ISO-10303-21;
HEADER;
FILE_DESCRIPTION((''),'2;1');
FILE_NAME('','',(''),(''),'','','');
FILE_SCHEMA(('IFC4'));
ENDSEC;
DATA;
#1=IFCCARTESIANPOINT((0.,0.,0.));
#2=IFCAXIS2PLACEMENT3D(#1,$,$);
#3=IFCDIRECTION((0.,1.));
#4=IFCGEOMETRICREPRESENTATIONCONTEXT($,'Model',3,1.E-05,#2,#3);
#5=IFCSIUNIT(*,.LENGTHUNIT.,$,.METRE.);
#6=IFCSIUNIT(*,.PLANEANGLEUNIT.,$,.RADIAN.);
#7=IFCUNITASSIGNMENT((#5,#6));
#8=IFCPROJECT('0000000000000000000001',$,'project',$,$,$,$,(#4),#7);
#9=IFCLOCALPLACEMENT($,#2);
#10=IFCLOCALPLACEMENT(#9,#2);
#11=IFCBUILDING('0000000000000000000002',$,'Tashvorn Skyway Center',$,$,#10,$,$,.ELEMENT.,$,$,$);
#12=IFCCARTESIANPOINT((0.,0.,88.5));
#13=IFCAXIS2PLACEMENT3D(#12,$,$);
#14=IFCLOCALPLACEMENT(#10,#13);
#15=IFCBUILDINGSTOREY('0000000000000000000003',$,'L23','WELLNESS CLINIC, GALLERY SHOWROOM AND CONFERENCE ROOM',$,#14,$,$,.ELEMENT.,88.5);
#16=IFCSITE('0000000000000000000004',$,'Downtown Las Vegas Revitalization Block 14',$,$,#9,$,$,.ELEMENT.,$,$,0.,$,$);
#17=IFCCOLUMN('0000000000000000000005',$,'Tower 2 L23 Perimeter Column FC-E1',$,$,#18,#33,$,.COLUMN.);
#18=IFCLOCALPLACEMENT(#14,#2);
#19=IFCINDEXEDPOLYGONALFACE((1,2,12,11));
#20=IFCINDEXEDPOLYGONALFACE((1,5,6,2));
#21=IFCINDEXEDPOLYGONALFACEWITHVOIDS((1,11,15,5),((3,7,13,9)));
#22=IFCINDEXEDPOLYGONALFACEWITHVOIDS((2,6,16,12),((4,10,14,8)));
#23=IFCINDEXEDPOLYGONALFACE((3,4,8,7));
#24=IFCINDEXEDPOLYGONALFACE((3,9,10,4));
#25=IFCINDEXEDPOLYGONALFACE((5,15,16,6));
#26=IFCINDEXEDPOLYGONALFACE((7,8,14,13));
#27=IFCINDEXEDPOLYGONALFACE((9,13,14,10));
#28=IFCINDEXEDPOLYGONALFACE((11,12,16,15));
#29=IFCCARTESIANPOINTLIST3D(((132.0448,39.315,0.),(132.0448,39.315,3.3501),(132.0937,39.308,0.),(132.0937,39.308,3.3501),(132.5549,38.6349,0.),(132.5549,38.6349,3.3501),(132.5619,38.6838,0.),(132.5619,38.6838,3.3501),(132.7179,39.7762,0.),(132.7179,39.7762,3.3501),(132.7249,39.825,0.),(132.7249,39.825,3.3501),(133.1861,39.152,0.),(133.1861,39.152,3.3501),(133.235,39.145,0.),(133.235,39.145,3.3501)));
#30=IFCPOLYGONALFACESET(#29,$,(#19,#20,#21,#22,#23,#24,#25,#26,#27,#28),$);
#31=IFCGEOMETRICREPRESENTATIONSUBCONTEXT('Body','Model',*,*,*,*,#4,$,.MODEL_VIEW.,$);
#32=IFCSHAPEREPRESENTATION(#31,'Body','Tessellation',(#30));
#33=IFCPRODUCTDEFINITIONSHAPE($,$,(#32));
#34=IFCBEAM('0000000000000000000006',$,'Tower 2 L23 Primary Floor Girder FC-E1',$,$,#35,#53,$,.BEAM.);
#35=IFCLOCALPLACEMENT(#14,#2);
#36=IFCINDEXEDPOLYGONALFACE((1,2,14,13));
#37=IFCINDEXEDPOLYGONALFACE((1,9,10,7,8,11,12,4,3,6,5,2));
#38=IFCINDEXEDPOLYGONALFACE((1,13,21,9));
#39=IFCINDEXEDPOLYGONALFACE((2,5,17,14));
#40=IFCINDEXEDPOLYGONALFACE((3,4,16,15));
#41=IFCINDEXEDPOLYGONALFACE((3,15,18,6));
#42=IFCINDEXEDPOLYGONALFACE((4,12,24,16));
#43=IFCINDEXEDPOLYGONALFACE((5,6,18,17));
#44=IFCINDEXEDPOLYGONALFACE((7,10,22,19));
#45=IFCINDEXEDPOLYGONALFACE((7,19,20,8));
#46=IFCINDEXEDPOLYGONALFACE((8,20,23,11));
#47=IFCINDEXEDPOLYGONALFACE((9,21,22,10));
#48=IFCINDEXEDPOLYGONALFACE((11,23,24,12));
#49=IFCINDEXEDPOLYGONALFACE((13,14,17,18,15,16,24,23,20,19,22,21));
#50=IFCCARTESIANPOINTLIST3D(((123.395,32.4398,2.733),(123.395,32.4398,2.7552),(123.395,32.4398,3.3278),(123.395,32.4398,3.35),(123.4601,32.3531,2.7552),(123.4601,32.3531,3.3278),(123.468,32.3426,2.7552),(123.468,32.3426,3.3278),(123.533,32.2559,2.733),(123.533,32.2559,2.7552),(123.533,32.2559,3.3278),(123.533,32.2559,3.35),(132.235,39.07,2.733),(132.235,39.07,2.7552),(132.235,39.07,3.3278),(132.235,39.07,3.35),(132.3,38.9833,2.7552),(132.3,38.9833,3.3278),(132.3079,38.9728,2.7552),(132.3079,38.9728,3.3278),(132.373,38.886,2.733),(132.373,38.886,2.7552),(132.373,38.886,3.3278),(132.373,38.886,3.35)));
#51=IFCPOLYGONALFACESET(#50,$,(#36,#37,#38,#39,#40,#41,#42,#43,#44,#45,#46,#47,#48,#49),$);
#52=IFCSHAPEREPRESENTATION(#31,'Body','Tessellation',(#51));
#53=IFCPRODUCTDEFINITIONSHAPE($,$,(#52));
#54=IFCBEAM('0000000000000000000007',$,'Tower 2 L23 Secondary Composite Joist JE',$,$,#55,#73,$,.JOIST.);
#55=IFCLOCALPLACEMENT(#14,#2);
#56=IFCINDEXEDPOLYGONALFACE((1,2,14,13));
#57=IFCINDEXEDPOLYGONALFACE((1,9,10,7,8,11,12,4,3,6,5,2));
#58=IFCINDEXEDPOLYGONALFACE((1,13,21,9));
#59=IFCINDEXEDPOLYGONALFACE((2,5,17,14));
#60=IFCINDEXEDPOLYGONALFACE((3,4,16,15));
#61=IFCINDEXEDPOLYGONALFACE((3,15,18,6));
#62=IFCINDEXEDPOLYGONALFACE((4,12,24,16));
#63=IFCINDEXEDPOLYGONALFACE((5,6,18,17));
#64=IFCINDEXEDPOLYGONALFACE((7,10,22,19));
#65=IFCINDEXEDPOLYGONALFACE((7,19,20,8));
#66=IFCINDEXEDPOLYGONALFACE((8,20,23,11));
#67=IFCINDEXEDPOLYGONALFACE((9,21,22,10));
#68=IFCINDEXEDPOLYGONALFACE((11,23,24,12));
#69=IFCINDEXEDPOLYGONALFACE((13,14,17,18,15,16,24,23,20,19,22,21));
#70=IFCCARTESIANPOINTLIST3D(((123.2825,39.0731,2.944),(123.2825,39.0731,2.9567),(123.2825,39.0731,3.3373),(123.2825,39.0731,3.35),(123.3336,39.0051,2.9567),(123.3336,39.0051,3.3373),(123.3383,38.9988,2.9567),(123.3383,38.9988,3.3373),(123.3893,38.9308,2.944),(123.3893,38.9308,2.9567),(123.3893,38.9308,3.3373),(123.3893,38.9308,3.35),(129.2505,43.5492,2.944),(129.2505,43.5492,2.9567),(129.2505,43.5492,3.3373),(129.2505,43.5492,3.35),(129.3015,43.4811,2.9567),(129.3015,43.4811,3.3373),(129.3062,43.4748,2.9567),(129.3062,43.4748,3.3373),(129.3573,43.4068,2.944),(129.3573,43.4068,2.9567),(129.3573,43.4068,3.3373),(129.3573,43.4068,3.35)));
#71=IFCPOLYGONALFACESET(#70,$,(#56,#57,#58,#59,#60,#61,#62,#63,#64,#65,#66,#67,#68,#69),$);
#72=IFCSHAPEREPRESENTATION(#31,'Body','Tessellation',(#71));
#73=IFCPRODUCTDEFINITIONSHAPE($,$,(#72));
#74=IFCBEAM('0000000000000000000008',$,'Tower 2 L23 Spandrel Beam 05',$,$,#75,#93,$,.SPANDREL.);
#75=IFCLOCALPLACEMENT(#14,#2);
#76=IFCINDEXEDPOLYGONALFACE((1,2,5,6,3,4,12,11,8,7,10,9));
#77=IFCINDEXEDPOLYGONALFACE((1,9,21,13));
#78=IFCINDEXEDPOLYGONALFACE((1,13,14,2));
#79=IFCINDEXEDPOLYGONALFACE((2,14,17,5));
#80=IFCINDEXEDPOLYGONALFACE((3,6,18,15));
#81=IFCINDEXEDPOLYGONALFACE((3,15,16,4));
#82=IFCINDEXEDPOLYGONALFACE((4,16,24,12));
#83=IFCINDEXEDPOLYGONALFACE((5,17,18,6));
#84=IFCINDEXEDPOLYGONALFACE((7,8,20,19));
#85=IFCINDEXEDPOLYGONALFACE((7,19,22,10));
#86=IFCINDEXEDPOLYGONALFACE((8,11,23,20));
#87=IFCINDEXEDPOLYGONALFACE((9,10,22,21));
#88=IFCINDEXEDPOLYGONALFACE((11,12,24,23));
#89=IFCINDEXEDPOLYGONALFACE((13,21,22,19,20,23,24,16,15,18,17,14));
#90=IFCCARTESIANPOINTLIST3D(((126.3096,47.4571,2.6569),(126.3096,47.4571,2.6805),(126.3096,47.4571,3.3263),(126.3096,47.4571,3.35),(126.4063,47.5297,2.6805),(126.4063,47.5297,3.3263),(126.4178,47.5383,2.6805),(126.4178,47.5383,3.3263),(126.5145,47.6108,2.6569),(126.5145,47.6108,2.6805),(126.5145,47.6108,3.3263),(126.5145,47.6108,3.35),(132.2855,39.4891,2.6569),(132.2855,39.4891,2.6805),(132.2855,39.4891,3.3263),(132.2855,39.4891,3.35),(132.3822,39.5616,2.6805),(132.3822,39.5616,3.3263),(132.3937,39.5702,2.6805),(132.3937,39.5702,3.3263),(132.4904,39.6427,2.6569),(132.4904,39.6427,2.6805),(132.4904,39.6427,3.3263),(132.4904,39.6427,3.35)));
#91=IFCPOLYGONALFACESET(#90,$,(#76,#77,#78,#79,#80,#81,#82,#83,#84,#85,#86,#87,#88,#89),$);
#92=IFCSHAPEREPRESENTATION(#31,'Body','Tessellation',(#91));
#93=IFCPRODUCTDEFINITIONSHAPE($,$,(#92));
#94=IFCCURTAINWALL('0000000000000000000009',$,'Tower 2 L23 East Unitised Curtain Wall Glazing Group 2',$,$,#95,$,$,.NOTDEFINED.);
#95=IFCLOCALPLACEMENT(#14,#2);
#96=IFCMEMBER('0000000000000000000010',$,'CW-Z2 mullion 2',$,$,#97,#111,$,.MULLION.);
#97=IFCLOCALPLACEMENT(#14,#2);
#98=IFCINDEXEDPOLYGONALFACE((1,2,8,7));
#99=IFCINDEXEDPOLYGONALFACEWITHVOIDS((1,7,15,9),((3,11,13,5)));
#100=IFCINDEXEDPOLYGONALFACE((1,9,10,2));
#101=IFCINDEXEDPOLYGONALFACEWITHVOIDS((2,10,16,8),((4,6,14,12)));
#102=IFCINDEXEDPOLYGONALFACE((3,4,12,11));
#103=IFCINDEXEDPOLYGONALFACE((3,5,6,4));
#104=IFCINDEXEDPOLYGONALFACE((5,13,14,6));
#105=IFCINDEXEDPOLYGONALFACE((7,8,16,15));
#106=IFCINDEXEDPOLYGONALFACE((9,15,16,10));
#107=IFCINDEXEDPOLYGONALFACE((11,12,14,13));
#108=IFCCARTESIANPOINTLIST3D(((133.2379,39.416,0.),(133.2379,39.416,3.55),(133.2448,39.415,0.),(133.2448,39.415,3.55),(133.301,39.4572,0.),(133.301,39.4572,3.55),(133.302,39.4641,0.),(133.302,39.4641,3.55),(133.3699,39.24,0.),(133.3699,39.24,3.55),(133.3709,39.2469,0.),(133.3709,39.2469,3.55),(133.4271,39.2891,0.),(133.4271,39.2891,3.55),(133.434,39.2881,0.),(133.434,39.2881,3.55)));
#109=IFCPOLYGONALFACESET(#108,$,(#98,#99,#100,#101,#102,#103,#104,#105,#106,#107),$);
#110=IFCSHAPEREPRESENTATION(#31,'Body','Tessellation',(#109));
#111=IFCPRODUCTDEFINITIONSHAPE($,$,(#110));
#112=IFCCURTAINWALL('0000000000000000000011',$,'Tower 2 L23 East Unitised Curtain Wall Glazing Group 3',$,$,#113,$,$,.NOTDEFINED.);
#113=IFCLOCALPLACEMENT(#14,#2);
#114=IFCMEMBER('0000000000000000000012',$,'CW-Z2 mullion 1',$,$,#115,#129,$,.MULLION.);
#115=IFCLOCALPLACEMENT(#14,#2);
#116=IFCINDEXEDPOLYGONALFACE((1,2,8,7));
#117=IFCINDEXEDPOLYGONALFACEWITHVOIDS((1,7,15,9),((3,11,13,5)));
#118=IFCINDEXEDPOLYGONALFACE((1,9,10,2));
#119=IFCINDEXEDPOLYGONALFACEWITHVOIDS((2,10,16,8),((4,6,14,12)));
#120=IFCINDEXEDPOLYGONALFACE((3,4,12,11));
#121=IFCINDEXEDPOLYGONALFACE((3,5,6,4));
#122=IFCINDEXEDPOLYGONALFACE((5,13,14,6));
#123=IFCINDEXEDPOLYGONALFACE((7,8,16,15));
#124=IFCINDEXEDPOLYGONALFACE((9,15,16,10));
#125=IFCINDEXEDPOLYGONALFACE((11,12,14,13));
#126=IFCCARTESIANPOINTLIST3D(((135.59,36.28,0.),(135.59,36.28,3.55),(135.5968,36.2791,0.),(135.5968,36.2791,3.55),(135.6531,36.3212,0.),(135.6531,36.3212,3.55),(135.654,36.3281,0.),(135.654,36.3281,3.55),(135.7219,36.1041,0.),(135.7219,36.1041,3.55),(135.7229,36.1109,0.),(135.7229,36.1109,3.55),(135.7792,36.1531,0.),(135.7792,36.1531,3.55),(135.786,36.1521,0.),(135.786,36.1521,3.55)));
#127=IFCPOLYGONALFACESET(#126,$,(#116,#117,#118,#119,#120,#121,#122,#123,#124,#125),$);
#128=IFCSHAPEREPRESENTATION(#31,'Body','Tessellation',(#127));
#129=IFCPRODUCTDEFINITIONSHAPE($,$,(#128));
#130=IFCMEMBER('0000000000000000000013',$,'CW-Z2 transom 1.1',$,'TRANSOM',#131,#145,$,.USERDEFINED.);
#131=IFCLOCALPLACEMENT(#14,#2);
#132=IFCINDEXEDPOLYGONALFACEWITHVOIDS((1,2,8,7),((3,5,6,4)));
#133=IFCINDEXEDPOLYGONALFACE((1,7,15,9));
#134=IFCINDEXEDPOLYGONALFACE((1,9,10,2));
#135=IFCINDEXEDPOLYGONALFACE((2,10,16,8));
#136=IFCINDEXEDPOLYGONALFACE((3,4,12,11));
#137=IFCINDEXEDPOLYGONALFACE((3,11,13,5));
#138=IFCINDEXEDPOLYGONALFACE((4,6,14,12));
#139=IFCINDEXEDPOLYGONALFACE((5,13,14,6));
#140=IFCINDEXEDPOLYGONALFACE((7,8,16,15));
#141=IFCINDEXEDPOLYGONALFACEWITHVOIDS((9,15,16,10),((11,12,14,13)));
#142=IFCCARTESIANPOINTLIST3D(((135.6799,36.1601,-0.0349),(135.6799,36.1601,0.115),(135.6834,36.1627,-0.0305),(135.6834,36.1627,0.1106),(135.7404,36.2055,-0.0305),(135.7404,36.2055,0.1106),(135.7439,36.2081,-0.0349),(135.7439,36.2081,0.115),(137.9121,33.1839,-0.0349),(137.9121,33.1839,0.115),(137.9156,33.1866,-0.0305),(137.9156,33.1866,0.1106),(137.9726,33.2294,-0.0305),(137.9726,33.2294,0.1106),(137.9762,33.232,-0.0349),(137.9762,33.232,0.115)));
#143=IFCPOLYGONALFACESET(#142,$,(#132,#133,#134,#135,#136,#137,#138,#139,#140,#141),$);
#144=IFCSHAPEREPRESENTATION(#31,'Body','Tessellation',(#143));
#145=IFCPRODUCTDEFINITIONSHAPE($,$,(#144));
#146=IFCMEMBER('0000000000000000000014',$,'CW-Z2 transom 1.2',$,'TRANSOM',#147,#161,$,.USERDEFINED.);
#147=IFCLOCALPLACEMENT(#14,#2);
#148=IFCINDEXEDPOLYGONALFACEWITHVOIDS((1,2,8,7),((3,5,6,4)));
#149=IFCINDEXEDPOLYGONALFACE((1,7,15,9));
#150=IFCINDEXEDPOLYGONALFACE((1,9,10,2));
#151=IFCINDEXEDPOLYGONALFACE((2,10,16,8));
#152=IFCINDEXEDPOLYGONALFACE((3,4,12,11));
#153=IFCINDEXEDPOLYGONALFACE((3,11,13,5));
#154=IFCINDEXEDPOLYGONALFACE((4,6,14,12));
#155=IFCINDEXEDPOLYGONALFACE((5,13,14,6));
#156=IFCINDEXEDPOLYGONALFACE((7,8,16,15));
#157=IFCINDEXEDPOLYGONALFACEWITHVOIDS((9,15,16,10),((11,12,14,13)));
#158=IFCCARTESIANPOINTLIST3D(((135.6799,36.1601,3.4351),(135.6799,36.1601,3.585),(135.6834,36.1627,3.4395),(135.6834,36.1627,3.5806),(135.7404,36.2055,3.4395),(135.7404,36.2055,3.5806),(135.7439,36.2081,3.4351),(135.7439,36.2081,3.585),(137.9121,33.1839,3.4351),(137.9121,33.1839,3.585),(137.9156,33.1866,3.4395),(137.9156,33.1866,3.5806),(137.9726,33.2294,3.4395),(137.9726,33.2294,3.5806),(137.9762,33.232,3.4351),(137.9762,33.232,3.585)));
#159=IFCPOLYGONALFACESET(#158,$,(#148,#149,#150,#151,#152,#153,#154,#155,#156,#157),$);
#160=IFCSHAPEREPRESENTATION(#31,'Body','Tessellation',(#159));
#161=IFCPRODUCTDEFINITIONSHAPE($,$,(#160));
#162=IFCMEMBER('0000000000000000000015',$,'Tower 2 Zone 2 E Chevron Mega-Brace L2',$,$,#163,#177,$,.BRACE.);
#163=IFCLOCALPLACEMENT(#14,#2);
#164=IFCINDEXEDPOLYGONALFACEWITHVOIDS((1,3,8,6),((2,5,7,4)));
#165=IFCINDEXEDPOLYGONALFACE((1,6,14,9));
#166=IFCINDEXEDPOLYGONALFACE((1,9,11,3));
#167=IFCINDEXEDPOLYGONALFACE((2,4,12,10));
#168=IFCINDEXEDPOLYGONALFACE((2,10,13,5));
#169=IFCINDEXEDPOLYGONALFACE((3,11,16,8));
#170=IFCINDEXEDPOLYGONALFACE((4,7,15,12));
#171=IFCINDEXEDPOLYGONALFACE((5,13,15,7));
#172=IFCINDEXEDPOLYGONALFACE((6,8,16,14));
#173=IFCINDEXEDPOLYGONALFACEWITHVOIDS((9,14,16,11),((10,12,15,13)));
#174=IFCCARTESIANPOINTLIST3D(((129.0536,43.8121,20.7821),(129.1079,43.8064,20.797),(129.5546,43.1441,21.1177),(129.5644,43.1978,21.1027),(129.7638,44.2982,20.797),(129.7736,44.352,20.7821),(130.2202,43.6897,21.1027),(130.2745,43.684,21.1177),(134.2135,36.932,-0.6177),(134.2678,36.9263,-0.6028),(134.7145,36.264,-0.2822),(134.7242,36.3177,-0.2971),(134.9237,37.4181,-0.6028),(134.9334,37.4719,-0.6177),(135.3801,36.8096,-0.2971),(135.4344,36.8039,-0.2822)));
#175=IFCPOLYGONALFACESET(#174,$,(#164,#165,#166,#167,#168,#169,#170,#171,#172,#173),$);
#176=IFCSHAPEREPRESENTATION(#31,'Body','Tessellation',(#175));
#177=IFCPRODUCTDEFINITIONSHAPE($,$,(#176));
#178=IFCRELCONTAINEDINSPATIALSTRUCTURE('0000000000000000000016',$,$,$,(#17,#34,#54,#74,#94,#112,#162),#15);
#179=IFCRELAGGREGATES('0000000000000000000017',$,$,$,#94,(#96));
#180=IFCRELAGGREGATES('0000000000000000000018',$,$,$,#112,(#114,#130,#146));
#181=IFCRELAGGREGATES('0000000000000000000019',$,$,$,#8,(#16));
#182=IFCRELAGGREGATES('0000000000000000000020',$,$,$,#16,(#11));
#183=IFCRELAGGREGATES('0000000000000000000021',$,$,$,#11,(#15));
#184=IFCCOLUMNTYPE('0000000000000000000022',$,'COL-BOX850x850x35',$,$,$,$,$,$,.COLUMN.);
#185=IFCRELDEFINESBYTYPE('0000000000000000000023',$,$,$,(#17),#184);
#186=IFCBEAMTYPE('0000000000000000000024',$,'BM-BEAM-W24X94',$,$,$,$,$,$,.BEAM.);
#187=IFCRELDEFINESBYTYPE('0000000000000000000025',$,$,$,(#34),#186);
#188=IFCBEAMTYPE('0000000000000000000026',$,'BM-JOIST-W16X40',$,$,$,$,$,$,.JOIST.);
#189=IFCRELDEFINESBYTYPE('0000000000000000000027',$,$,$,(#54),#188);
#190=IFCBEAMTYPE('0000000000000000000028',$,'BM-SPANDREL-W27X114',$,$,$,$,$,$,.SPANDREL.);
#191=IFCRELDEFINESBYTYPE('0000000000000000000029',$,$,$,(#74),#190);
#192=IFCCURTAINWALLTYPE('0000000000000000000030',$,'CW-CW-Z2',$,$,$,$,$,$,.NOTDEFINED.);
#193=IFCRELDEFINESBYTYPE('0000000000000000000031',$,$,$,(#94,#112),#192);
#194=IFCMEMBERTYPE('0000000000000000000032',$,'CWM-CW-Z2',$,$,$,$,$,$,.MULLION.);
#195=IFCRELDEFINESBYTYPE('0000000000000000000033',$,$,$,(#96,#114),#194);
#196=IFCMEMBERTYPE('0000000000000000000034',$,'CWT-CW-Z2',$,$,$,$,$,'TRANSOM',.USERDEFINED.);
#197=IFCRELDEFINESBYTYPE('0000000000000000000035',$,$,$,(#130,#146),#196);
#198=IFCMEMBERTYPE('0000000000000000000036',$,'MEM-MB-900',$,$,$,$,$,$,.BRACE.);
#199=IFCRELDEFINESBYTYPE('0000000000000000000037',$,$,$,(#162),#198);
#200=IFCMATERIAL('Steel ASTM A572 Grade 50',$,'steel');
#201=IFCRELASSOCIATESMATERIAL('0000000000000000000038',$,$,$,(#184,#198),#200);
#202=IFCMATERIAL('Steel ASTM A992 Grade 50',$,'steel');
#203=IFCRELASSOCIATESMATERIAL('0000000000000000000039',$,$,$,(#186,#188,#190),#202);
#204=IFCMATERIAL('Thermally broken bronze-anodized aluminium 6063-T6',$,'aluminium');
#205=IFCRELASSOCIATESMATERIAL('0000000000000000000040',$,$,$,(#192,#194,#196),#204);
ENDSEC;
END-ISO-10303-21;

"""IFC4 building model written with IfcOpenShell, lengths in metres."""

from ifc_helpers import new_model, si_unit, direction, frame, origin, origin_2d, place, context, subcontext, project, spatial, hollow_rectangle, i_section, extrude, material, material_profile, profile_set, type_object, element, aggregate, save


model = new_model("IFC4")

# Units and contexts
model_context = context("Model", 3, precision=1e-05, world=origin(), true_north=direction((0.0, 1.0)))
body_context = subcontext(model_context, "Body", "Model", "MODEL_VIEW")
ifc_project = project(units=[si_unit("LENGTHUNIT", "METRE"), si_unit("PLANEANGLEUNIT", "RADIAN")], contexts=[model_context])

# Site, building, storey
site_placement = place(None, origin())
site = spatial("IfcSite", under=ifc_project, at=site_placement, Name="Downtown Las Vegas Revitalization Block 14", CompositionType="ELEMENT", RefElevation=0.0)
building_placement = place(site_placement, origin())
building = spatial("IfcBuilding", under=site, at=building_placement, Name="Tashvorn Skyway Center", CompositionType="ELEMENT")
storey_placement = place(building_placement, frame((0.0, 0.0, 88.5)))
storey = spatial("IfcBuildingStorey", under=building, at=storey_placement, Name="L23", Description="WELLNESS CLINIC, GALLERY SHOWROOM AND CONFERENCE ROOM", CompositionType="ELEMENT", Elevation=88.5)

# Column
ifc_material_1 = material(Name="Steel ASTM A572 Grade 50", Category="steel")
ifc_material_profile_1 = material_profile(ifc_material_1, hollow_rectangle(XDim=0.8501, YDim=0.8501, WallThickness=0.0349, at=origin_2d()), Name="BOX850x850x35")
ifc_profile_set_1 = profile_set([ifc_material_profile_1], Name="Steel ASTM A572 Grade 50")
column_type = type_object("IfcColumnType", Name="COL-BOX850x850x35", PredefinedType="COLUMN", material=ifc_profile_set_1)
column_placement = place(storey_placement, frame((132.6399, 39.23, 0.0), z_axis=(0.0, 0.0, 1.0), x_axis=(0.8, 0.6, 0.0)))
element("IfcColumn", 1, at=column_placement, inside=storey, type_object=column_type, Name="Tower 2 L23 Perimeter Column FC-E1", PredefinedType="COLUMN", context=body_context, shape_type="SweptSolid", body=[
    extrude(hollow_rectangle(XDim=0.8501, YDim=0.8501, WallThickness=0.0349, at=origin_2d()), origin(), (0.0, 0.0, 1.0), 3.3501),
])

# Beams
ifc_material_2 = material(Name="Steel ASTM A992 Grade 50", Category="steel")
ifc_material_profile_2 = material_profile(ifc_material_2, i_section(OverallWidth=0.23, OverallDepth=0.6169, WebThickness=0.0132, FlangeThickness=0.0222, at=origin_2d()), Name="W24X94")
ifc_profile_set_2 = profile_set([ifc_material_profile_2], Name="Steel ASTM A992 Grade 50")
beam_type_1 = type_object("IfcBeamType", Name="BM-BEAM-W24X94", PredefinedType="BEAM", material=ifc_profile_set_2)
beam_1_placement = place(storey_placement, frame((132.304, 38.978, 3.0415), z_axis=(-0.799989, -0.600014, 0.0), x_axis=(0.600014, -0.799989, 0.0)))
element("IfcBeam", 2, at=beam_1_placement, inside=storey, type_object=beam_type_1, Name="Tower 2 L23 Primary Floor Girder FC-E1", PredefinedType="BEAM", context=body_context, shape_type="SweptSolid", body=[
    extrude(i_section(OverallWidth=0.23, OverallDepth=0.6169, WebThickness=0.0132, FlangeThickness=0.0222, at=origin_2d()), origin(), (0.0, 0.0, 1.0), 11.05),
])
ifc_material_profile_3 = material_profile(ifc_material_2, i_section(OverallWidth=0.178, OverallDepth=0.406, WebThickness=0.0078, FlangeThickness=0.0127, at=origin_2d()), Name="W16X40")
ifc_profile_set_3 = profile_set([ifc_material_profile_3], Name="Steel ASTM A992 Grade 50")
beam_type_2 = type_object("IfcBeamType", Name="BM-JOIST-W16X40", PredefinedType="JOIST", material=ifc_profile_set_3)
beam_2_placement = place(storey_placement, frame((123.3359, 39.002, 3.147), z_axis=(0.799996, 0.600005, 0.0), x_axis=(-0.600005, 0.799996, 0.0)))
element("IfcBeam", 3, at=beam_2_placement, inside=storey, type_object=beam_type_2, Name="Tower 2 L23 Secondary Composite Joist JE", PredefinedType="JOIST", context=body_context, shape_type="SweptSolid", body=[
    extrude(i_section(OverallWidth=0.178, OverallDepth=0.406, WebThickness=0.0078, FlangeThickness=0.0127, at=origin_2d()), origin(), (0.0, 0.0, 1.0), 7.46),
])
ifc_material_profile_4 = material_profile(ifc_material_2, i_section(OverallWidth=0.2561, OverallDepth=0.6931, WebThickness=0.0144, FlangeThickness=0.0237, at=origin_2d()), Name="W27X114")
ifc_profile_set_4 = profile_set([ifc_material_profile_4], Name="Steel ASTM A992 Grade 50")
beam_type_3 = type_object("IfcBeamType", Name="BM-SPANDREL-W27X114", PredefinedType="SPANDREL", material=ifc_profile_set_4)
beam_3_placement = place(storey_placement, frame((132.3879, 39.5659, 3.0034), z_axis=(-0.599988, 0.800009, 0.0), x_axis=(-0.800009, -0.599988, 0.0)))
element("IfcBeam", 4, at=beam_3_placement, inside=storey, type_object=beam_type_3, Name="Tower 2 L23 Spandrel Beam 05", PredefinedType="SPANDREL", context=body_context, shape_type="SweptSolid", body=[
    extrude(i_section(OverallWidth=0.2561, OverallDepth=0.6931, WebThickness=0.0144, FlangeThickness=0.0237, at=origin_2d()), origin(), (0.0, 0.0, 1.0), 9.96),
])

# Curtain wall, member
ifc_material_3 = material(Name="Thermally broken bronze-anodized aluminium 6063-T6", Category="aluminium")
curtain_wall_type = type_object("IfcCurtainWallType", Name="CW-CW-Z2", PredefinedType="NOTDEFINED", material=ifc_material_3)
curtain_wall_1_placement = place(storey_placement, origin())
curtain_wall_1 = element("IfcCurtainWall", 5, at=curtain_wall_1_placement, inside=storey, type_object=curtain_wall_type, Name="Tower 2 L23 East Unitised Curtain Wall Glazing Group 2", PredefinedType="NOTDEFINED")
ifc_material_profile_5 = material_profile(ifc_material_3, hollow_rectangle(XDim=0.0801, YDim=0.22, WallThickness=0.0049, at=origin_2d()), Name="ALU-MULL-80x220")
ifc_profile_set_5 = profile_set([ifc_material_profile_5], Name="Thermally broken bronze-anodized aluminium 6063-T6")
member_type_1 = type_object("IfcMemberType", Name="CWM-CW-Z2", PredefinedType="MULLION", material=ifc_profile_set_5)
member_1_placement = place(storey_placement, frame((133.3359, 39.3521, 0.0), z_axis=(0.0, 0.0, 1.0), x_axis=(0.8, 0.6, 0.0)))
member_1 = element("IfcMember", 6, at=member_1_placement, type_object=member_type_1, Name="CW-Z2 mullion 2", PredefinedType="MULLION", context=body_context, shape_type="SweptSolid", body=[
    extrude(hollow_rectangle(XDim=0.0801, YDim=0.22, WallThickness=0.0049, at=origin_2d()), origin(), (0.0, 0.0, 1.0), 3.55),
])
aggregate(curtain_wall_1, [member_1])

# Curtain wall, members
curtain_wall_2_placement = place(storey_placement, origin())
curtain_wall_2 = element("IfcCurtainWall", 7, at=curtain_wall_2_placement, inside=storey, type_object=curtain_wall_type, Name="Tower 2 L23 East Unitised Curtain Wall Glazing Group 3", PredefinedType="NOTDEFINED")
member_2_placement = place(storey_placement, frame((135.688, 36.2161, 0.0), z_axis=(0.0, 0.0, 1.0), x_axis=(0.8, 0.6, 0.0)))
member_2 = element("IfcMember", 8, at=member_2_placement, type_object=member_type_1, Name="CW-Z2 mullion 1", PredefinedType="MULLION", context=body_context, shape_type="SweptSolid", body=[
    extrude(hollow_rectangle(XDim=0.0801, YDim=0.22, WallThickness=0.0049, at=origin_2d()), origin(), (0.0, 0.0, 1.0), 3.55),
])
ifc_material_profile_6 = material_profile(ifc_material_3, hollow_rectangle(XDim=0.0801, YDim=0.1499, WallThickness=0.0044, at=origin_2d()), Name="ALU-TRAN-80x150")
ifc_profile_set_6 = profile_set([ifc_material_profile_6], Name="Thermally broken bronze-anodized aluminium 6063-T6")
member_type_2 = type_object("IfcMemberType", Name="CWT-CW-Z2", ElementType="TRANSOM", PredefinedType="USERDEFINED", material=ifc_profile_set_6)
member_3_placement = place(storey_placement, frame((135.7119, 36.1841, 0.04), z_axis=(0.600021, -0.799984, 0.0), x_axis=(0.799984, 0.600021, 0.0)))
member_3 = element("IfcMember", 9, at=member_3_placement, type_object=member_type_2, Name="CW-Z2 transom 1.1", ObjectType="TRANSOM", PredefinedType="USERDEFINED", context=body_context, shape_type="SweptSolid", body=[
    extrude(hollow_rectangle(XDim=0.0801, YDim=0.1499, WallThickness=0.0044, at=origin_2d()), origin(), (0.0, 0.0, 1.0), 3.7202),
])
member_4_placement = place(storey_placement, frame((135.7119, 36.1841, 3.51), z_axis=(0.600021, -0.799984, 0.0), x_axis=(0.799984, 0.600021, 0.0)))
member_4 = element("IfcMember", 10, at=member_4_placement, type_object=member_type_2, Name="CW-Z2 transom 1.2", ObjectType="TRANSOM", PredefinedType="USERDEFINED", context=body_context, shape_type="SweptSolid", body=[
    extrude(hollow_rectangle(XDim=0.0801, YDim=0.1499, WallThickness=0.0044, at=origin_2d()), origin(), (0.0, 0.0, 1.0), 3.7202),
])

# Member
ifc_material_profile_7 = material_profile(ifc_material_1, hollow_rectangle(XDim=0.8999, YDim=0.8999, WallThickness=0.04, at=origin_2d()), Name="BOX900x900x40")
ifc_profile_set_7 = profile_set([ifc_material_profile_7], Name="Steel ASTM A572 Grade 50")
member_type_3 = type_object("IfcMemberType", Name="MEM-MB-900", PredefinedType="BRACE", material=ifc_profile_set_7)
member_5_placement = place(storey_placement, frame((134.824, 36.8679, -0.45), z_axis=(-0.223728, 0.298315, 0.927876), x_axis=(-0.80001, -0.599986, 0.0)))
element("IfcMember", 11, at=member_5_placement, inside=storey, type_object=member_type_3, Name="Tower 2 Zone 2 E Chevron Mega-Brace L2", PredefinedType="BRACE", context=body_context, shape_type="SweptSolid", body=[
    extrude(hollow_rectangle(XDim=0.8999, YDim=0.8999, WallThickness=0.04, at=origin_2d()), origin(), (0.0, 0.0, 1.0), 23.0632),
])

aggregate(curtain_wall_2, [member_2, member_3, member_4])

save(model, "model.ifc")
